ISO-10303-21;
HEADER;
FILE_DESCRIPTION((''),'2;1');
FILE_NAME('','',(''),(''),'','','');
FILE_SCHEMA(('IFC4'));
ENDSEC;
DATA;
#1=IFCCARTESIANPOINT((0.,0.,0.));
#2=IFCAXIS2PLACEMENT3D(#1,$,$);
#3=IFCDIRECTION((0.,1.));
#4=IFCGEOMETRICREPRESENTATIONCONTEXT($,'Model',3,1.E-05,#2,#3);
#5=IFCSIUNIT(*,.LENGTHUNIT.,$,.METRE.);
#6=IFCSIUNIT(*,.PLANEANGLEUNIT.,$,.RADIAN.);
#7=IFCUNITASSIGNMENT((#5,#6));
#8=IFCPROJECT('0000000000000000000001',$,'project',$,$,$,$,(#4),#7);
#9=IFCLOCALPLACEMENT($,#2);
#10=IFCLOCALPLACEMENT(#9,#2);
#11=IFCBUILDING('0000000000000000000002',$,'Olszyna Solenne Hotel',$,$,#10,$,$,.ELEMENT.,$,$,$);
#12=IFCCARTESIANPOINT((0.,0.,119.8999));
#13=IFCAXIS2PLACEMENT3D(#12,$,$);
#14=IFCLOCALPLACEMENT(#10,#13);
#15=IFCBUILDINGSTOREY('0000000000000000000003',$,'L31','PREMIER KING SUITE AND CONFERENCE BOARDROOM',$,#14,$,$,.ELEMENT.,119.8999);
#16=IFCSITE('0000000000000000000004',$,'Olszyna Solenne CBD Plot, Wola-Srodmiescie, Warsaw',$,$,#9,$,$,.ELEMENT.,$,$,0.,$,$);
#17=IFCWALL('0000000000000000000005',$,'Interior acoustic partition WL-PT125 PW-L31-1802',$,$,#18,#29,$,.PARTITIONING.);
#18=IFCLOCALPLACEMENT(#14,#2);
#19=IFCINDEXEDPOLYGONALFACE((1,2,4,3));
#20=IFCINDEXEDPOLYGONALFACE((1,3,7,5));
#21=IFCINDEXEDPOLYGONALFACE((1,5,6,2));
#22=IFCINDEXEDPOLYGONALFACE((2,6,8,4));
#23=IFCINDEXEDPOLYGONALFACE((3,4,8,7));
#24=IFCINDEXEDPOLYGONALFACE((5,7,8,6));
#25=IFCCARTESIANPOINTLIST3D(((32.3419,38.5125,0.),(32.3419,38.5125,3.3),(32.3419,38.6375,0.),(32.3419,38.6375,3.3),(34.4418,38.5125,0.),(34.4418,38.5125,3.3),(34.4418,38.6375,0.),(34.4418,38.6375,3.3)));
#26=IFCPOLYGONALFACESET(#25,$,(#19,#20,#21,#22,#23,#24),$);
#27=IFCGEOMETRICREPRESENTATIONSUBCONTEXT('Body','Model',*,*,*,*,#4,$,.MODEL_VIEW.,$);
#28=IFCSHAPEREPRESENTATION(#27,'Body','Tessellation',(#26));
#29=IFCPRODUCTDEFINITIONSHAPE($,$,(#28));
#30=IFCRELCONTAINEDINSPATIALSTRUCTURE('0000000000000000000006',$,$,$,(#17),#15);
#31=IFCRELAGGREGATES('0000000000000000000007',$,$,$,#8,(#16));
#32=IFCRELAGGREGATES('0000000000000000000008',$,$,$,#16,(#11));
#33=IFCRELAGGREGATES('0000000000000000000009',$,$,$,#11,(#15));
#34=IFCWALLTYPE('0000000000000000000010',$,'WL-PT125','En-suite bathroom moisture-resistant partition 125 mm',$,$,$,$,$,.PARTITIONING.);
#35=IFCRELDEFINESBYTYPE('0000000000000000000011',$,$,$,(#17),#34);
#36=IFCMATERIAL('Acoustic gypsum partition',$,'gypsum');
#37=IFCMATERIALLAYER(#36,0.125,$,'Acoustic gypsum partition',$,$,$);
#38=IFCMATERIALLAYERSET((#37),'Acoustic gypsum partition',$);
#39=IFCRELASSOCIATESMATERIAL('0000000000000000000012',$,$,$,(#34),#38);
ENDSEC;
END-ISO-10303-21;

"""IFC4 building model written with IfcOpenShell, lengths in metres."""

from ifc_helpers import new_model, si_unit, direction, frame, frame_2d, origin, place, context, subcontext, project, spatial, rectangle, extrude, material, layer, layer_set, type_object, element, save


model = new_model("IFC4")

# Units and contexts
model_context = context("Model", 3, precision=1e-05, world=origin(), true_north=direction((0.0, 1.0)))
body_context = subcontext(model_context, "Body", "Model", "MODEL_VIEW")
ifc_project = project(units=[si_unit("LENGTHUNIT", "METRE"), si_unit("PLANEANGLEUNIT", "RADIAN")], contexts=[model_context])

# Site, building, storey
site_placement = place(None, origin())
site = spatial("IfcSite", under=ifc_project, at=site_placement, Name="Olszyna Solenne CBD Plot, Wola-Srodmiescie, Warsaw", CompositionType="ELEMENT", RefElevation=0.0)
building_placement = place(site_placement, origin())
building = spatial("IfcBuilding", under=site, at=building_placement, Name="Olszyna Solenne Hotel", CompositionType="ELEMENT")
storey_placement = place(building_placement, frame((0.0, 0.0, 119.8999)))
storey = spatial("IfcBuildingStorey", under=building, at=storey_placement, Name="L31", Description="PREMIER KING SUITE AND CONFERENCE BOARDROOM", CompositionType="ELEMENT", Elevation=119.8999)

# Wall
ifc_material_1 = material(Name="Acoustic gypsum partition", Category="gypsum")
ifc_layer_1 = layer(ifc_material_1, 0.125, Name="Acoustic gypsum partition")
ifc_layer_set_1 = layer_set([ifc_layer_1], Name="Acoustic gypsum partition")
wall_type_1 = type_object("IfcWallType", Name="WL-PT125", Description="En-suite bathroom moisture-resistant partition 125 mm", PredefinedType="PARTITIONING", material=ifc_layer_set_1)
wall_1_placement = place(storey_placement, frame((32.342, 38.575, 0.0), z_axis=(0.0, 0.0, 1.0), x_axis=(1.0, 0.0, 0.0)))
element("IfcWall", 1, at=wall_1_placement, inside=storey, type_object=wall_type_1, Name="Interior acoustic partition WL-PT125 PW-L31-1802", PredefinedType="PARTITIONING", context=body_context, shape_type="SweptSolid", body=[
    extrude(rectangle(XDim=2.0999, YDim=0.125, at=frame_2d((1.0498, 0.0))), origin(), (0.0, 0.0, 1.0), 3.3),
])

save(model, "model.ifc")
